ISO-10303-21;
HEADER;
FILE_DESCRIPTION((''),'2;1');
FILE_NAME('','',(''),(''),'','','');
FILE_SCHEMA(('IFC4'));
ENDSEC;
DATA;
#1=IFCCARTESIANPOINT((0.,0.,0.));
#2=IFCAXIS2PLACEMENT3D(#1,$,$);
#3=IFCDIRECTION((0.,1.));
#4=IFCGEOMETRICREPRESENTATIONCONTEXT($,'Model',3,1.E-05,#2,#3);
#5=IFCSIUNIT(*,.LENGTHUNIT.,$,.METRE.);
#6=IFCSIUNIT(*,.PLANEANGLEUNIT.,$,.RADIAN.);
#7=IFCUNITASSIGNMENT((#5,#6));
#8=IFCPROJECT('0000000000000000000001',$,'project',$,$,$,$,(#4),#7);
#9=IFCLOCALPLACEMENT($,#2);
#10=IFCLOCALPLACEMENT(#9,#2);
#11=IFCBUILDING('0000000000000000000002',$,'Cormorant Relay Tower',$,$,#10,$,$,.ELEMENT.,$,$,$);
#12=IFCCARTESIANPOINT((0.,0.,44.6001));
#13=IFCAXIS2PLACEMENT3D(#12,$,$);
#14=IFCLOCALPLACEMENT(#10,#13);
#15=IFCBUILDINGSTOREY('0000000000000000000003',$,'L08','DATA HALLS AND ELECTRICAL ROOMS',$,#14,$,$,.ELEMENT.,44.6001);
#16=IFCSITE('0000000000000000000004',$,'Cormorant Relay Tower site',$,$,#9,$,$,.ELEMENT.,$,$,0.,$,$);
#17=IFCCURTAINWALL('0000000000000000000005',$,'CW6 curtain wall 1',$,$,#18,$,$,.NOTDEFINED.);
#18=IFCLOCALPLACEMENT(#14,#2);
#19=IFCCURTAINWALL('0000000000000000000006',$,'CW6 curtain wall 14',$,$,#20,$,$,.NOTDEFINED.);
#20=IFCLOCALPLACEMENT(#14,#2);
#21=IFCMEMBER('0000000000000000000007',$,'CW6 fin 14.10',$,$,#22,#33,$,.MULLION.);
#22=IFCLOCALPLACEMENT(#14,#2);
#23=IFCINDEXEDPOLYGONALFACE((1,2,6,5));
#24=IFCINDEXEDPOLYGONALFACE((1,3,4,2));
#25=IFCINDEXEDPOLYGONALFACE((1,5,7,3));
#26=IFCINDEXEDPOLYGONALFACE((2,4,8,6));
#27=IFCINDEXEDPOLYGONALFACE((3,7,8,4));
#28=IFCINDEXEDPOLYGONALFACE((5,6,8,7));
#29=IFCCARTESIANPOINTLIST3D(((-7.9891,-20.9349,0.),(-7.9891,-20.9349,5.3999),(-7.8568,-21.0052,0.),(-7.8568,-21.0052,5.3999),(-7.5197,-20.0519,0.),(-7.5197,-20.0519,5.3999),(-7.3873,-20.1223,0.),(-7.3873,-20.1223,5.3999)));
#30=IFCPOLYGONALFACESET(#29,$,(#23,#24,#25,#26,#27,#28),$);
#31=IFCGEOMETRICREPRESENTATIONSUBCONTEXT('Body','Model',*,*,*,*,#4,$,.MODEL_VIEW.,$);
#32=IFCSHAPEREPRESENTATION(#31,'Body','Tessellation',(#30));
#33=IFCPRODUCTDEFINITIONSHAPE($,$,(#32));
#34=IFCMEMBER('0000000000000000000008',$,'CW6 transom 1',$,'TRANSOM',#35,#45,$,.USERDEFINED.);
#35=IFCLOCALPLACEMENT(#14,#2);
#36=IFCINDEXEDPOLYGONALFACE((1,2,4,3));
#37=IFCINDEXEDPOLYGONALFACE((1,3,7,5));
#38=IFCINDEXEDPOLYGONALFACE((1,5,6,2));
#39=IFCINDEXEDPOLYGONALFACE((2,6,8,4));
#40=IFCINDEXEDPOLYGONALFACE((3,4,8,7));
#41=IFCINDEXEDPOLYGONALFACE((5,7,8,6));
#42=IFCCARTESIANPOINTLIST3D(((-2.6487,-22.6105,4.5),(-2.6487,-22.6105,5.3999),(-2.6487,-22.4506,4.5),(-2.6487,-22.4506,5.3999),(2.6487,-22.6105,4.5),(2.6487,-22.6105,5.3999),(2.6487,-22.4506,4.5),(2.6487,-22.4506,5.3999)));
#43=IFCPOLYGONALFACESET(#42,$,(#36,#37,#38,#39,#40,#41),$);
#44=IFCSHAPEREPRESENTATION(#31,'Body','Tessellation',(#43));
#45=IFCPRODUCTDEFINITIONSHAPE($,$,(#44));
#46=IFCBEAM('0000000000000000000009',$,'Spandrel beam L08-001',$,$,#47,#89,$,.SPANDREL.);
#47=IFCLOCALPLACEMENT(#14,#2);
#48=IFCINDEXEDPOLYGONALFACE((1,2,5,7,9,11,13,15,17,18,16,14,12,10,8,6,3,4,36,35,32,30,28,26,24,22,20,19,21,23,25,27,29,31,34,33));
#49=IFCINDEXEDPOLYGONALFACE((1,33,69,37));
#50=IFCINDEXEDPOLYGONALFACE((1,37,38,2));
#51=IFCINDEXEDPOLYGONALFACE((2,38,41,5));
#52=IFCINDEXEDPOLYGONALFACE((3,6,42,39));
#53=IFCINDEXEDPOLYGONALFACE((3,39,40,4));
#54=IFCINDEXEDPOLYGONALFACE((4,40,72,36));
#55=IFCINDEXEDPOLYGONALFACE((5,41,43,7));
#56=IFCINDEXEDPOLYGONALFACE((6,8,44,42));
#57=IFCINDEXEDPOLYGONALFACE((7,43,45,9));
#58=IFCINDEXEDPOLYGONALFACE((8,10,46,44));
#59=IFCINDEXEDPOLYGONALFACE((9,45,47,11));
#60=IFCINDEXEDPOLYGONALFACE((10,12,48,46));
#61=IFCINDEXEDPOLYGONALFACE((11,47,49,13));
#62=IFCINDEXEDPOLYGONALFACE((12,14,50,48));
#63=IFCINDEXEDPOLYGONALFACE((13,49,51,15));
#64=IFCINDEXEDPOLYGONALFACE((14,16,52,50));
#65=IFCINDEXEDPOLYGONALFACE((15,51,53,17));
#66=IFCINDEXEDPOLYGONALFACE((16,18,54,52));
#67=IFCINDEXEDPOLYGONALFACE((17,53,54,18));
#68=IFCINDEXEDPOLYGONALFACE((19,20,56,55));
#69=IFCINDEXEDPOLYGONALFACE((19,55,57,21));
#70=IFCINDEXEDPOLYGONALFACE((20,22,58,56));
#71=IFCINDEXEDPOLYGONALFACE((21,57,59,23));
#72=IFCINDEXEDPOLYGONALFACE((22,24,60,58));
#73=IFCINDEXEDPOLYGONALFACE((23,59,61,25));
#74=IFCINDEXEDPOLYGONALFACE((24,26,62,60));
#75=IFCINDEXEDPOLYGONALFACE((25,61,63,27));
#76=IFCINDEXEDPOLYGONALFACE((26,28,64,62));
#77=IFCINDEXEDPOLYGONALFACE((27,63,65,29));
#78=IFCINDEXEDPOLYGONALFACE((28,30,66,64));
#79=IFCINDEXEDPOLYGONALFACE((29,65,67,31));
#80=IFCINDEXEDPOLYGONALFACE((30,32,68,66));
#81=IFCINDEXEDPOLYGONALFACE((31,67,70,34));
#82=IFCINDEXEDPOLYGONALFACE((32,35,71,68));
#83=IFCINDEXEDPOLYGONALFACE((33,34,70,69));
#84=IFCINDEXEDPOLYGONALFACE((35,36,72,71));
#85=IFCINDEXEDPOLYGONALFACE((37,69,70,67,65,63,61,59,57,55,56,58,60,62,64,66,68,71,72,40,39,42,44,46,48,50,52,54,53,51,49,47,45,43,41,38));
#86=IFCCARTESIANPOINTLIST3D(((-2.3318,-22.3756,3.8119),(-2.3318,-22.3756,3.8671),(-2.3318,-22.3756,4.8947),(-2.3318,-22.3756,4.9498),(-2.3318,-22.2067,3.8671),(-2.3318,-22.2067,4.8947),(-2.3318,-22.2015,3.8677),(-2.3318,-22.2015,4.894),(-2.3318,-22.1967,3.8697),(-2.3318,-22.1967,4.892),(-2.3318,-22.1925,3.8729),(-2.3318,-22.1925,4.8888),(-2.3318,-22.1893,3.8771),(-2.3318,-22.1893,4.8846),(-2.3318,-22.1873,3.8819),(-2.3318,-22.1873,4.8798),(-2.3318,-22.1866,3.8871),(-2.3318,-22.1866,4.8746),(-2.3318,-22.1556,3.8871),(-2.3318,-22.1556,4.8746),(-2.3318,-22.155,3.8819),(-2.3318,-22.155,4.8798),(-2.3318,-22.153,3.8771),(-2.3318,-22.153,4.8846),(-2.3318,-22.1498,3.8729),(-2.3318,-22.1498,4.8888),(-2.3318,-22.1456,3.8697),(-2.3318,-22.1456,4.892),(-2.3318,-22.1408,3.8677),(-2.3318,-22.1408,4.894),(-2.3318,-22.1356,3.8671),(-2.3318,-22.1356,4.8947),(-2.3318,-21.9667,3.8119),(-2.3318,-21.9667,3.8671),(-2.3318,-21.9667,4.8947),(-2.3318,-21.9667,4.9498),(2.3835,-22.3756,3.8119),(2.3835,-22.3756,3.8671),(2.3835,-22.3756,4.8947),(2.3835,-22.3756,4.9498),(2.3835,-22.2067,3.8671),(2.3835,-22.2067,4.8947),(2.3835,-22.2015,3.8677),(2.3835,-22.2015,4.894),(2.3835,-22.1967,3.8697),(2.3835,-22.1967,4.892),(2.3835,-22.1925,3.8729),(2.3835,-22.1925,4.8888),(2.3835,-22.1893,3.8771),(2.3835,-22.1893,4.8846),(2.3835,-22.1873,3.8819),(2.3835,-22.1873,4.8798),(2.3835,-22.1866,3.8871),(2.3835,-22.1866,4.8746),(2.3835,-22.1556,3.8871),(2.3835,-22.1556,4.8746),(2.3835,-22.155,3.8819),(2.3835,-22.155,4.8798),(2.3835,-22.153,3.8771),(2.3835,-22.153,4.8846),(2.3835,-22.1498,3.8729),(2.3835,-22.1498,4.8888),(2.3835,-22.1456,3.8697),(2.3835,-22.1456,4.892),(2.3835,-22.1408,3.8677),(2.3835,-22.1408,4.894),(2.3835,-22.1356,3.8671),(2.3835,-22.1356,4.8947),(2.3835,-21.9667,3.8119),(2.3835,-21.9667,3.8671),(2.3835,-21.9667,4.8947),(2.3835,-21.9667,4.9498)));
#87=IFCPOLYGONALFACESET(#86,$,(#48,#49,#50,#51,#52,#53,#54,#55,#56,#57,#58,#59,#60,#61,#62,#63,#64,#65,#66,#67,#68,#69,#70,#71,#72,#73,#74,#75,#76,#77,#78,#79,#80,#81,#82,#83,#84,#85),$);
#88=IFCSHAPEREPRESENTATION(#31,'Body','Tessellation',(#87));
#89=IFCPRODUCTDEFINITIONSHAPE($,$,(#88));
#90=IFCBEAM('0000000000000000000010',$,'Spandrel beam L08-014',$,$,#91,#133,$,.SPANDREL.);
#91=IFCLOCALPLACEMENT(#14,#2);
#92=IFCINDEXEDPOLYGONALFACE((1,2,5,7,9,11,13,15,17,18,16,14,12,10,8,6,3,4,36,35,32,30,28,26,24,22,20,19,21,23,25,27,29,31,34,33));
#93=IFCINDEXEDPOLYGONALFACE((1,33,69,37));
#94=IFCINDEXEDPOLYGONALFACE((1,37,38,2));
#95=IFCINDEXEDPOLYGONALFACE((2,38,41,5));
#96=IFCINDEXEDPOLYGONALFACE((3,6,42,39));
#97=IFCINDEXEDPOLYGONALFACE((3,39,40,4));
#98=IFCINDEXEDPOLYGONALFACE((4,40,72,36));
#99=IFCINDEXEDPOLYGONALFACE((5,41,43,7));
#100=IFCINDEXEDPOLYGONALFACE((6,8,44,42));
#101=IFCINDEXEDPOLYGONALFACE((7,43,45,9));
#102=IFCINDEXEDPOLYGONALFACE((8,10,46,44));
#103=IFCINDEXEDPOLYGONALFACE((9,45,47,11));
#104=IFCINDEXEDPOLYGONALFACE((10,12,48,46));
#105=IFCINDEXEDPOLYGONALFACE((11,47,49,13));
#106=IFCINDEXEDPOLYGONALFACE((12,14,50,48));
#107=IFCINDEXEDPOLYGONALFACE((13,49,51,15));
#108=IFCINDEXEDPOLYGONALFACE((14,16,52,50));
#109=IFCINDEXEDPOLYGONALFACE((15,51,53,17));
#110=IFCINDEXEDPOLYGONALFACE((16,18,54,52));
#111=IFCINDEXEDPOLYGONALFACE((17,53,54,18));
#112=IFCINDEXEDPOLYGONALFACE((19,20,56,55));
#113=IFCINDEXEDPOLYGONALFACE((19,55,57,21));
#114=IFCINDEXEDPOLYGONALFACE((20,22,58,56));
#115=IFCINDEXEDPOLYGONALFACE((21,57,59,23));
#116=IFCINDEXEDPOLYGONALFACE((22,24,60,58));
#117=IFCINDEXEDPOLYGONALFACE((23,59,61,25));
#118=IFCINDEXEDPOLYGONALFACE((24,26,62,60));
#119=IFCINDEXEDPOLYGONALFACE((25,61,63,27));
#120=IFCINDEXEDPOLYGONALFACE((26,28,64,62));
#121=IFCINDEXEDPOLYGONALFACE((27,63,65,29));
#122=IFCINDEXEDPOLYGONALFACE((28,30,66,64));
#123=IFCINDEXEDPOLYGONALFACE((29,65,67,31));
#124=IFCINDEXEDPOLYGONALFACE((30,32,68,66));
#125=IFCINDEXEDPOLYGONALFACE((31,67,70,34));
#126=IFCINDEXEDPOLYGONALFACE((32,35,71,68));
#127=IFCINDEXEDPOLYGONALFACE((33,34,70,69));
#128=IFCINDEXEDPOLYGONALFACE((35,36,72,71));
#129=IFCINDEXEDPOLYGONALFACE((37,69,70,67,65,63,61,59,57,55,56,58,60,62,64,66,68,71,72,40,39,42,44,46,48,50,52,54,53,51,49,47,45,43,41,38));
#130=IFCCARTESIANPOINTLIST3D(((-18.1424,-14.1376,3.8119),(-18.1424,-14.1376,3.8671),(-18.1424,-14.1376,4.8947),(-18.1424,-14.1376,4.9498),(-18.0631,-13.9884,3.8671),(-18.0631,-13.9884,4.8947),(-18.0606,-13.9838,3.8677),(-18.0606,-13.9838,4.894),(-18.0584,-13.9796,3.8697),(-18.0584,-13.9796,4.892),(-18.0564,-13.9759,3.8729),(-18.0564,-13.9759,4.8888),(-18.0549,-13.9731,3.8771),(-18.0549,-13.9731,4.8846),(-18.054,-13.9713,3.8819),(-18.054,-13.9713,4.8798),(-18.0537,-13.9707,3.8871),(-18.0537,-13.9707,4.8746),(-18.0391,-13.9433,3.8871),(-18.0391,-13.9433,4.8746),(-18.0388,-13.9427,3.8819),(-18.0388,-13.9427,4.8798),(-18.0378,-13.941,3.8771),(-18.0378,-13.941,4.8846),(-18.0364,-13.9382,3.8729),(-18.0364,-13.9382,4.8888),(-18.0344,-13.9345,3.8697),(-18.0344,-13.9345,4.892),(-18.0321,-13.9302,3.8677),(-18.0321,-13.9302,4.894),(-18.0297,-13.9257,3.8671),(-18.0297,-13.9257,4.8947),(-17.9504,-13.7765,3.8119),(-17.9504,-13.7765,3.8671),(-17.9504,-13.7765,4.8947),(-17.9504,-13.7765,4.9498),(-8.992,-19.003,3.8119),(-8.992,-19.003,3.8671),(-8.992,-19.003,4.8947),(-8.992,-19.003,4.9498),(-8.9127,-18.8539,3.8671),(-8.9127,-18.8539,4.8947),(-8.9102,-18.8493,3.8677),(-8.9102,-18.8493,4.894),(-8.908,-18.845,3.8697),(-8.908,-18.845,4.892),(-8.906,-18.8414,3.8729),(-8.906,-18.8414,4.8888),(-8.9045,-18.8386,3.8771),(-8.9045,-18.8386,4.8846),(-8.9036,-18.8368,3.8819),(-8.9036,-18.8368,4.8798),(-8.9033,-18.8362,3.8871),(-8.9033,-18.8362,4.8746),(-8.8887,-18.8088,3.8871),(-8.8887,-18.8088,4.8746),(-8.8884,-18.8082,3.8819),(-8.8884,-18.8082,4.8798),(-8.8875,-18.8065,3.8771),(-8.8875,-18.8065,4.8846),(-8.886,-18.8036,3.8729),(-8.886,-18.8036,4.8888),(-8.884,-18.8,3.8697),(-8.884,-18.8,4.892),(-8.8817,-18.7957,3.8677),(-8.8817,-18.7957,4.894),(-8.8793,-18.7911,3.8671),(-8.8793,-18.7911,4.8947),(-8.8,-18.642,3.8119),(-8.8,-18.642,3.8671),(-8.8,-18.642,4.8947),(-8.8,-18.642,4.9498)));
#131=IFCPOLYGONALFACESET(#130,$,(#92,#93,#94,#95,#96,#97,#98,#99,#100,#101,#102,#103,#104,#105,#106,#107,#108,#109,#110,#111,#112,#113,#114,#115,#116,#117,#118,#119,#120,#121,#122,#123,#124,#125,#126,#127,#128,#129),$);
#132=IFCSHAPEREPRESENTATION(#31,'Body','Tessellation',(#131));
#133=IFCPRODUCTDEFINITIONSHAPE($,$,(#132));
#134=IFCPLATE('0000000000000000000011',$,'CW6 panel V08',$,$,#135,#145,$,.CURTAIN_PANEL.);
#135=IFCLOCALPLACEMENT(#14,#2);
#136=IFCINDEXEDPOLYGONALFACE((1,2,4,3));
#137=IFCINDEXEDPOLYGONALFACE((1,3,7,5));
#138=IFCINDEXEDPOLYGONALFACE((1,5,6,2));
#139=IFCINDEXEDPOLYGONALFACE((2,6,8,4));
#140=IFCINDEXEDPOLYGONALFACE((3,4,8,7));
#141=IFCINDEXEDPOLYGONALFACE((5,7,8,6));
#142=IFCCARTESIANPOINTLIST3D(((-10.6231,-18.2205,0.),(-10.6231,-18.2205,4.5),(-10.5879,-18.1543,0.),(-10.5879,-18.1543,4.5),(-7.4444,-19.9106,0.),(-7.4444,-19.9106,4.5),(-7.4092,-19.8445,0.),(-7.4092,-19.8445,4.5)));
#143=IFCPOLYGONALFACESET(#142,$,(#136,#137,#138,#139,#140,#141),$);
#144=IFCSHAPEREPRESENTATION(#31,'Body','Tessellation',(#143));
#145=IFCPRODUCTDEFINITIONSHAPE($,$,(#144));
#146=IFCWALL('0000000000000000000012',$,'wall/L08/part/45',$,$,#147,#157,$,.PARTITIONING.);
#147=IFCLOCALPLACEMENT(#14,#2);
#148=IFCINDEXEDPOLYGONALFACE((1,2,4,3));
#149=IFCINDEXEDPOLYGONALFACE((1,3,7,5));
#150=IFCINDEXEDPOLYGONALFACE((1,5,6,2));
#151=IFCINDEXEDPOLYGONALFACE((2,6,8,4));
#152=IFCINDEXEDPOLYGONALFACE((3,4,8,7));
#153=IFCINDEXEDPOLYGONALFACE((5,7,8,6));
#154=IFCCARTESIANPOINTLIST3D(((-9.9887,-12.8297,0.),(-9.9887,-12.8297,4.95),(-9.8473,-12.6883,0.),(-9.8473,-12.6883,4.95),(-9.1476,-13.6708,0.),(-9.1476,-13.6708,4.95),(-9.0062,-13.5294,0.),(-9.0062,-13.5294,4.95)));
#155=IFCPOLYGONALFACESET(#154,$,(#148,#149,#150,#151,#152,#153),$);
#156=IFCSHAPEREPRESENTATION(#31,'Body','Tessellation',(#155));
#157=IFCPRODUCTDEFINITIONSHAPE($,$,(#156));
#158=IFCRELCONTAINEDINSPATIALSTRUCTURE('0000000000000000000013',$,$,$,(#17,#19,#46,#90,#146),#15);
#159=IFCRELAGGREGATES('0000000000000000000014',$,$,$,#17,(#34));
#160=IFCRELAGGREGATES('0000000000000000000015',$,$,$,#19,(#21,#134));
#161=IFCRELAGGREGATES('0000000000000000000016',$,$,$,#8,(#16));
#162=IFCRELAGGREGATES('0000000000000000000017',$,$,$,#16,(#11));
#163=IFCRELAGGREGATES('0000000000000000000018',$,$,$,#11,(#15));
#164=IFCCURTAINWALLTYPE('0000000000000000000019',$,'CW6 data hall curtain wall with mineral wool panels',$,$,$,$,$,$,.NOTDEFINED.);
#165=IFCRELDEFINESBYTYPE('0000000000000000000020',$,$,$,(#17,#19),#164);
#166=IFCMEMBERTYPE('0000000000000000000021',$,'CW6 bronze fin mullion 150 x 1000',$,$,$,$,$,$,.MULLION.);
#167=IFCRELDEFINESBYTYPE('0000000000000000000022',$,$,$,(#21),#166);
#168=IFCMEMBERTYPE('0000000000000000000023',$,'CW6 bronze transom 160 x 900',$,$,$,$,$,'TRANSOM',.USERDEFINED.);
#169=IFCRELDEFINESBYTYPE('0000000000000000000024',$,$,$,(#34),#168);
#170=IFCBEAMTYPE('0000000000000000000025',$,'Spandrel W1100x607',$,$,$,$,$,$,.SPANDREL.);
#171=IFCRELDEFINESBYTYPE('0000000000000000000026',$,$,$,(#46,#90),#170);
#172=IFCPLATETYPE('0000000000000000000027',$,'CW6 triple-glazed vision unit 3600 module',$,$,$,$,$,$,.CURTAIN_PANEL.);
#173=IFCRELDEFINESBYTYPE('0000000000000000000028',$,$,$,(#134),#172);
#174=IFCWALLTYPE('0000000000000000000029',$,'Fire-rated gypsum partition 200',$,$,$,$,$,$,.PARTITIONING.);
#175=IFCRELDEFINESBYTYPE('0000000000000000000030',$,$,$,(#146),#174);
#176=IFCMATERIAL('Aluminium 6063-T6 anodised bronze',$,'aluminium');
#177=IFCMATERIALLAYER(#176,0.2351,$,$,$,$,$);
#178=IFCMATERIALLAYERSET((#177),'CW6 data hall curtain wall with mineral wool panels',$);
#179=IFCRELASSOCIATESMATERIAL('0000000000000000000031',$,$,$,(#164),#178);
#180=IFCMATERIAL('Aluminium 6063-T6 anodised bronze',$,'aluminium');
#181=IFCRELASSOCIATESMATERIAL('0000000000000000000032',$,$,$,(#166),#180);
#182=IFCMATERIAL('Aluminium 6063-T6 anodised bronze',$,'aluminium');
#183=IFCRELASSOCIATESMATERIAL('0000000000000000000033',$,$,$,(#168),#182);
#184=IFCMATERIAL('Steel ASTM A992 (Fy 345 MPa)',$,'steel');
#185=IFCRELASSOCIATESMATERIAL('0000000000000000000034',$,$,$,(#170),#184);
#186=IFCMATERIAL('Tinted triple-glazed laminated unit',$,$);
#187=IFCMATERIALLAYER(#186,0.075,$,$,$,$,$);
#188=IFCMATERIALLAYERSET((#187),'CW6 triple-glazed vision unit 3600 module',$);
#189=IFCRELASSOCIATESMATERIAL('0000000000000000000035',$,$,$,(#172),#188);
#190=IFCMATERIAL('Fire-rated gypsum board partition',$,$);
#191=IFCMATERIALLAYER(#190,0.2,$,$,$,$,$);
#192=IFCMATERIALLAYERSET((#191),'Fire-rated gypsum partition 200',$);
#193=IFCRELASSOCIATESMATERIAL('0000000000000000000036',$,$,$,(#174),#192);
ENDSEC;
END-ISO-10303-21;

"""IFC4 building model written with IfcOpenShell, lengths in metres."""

from ifc_helpers import new_model, si_unit, direction, frame, frame_2d, origin, origin_2d, place, context, subcontext, project, spatial, rectangle, i_section, extrude, material, layer, layer_set, material_profile, profile_set, type_object, element, aggregate, save


model = new_model("IFC4")

# Units and contexts
model_context = context("Model", 3, precision=1e-05, world=origin(), true_north=direction((0.0, 1.0)))
body_context = subcontext(model_context, "Body", "Model", "MODEL_VIEW")
ifc_project = project(units=[si_unit("LENGTHUNIT", "METRE"), si_unit("PLANEANGLEUNIT", "RADIAN")], contexts=[model_context])

# Site, building, storey
site_placement = place(None, origin())
site = spatial("IfcSite", under=ifc_project, at=site_placement, Name="Cormorant Relay Tower site", CompositionType="ELEMENT", RefElevation=0.0)
building_placement = place(site_placement, origin())
building = spatial("IfcBuilding", under=site, at=building_placement, Name="Cormorant Relay Tower", CompositionType="ELEMENT")
storey_placement = place(building_placement, frame((0.0, 0.0, 44.6001)))
storey = spatial("IfcBuildingStorey", under=building, at=storey_placement, Name="L08", Description="DATA HALLS AND ELECTRICAL ROOMS", CompositionType="ELEMENT", Elevation=44.6001)

# Curtain wall
ifc_material_1 = material(Name="Aluminium 6063-T6 anodised bronze", Category="aluminium")
ifc_layer_1 = layer(ifc_material_1, 0.2351)
ifc_layer_set_1 = layer_set([ifc_layer_1], Name="CW6 data hall curtain wall with mineral wool panels")
curtain_wall_type = type_object("IfcCurtainWallType", Name="CW6 data hall curtain wall with mineral wool panels", PredefinedType="NOTDEFINED", material=ifc_layer_set_1)
curtain_wall_1_placement = place(storey_placement, origin())
curtain_wall_1 = element("IfcCurtainWall", 1, at=curtain_wall_1_placement, inside=storey, type_object=curtain_wall_type, Name="CW6 curtain wall 1", PredefinedType="NOTDEFINED")
ifc_material_2 = material(Name="Aluminium 6063-T6 anodised bronze", Category="aluminium")
ifc_material_profile_1 = material_profile(ifc_material_2, rectangle(XDim=0.1499, YDim=1.0, at=origin_2d()), Name="AL 150x1000")
ifc_profile_set_1 = profile_set([ifc_material_profile_1], Name="Aluminium 6063-T6 anodised bronze")
member_type_1 = type_object("IfcMemberType", Name="CW6 bronze fin mullion 150 x 1000", PredefinedType="MULLION", material=ifc_profile_set_1)

# Curtain wall, member
curtain_wall_2_placement = place(storey_placement, origin())
curtain_wall_2 = element("IfcCurtainWall", 2, at=curtain_wall_2_placement, inside=storey, type_object=curtain_wall_type, Name="CW6 curtain wall 14", PredefinedType="NOTDEFINED")
member_1_placement = place(storey_placement, frame((-7.6882, -20.5286, 0.0), z_axis=(0.0, 0.0, 1.0), x_axis=(0.882948, -0.469472, 0.0)))
member_1 = element("IfcMember", 3, at=member_1_placement, type_object=member_type_1, Name="CW6 fin 14.10", PredefinedType="MULLION", context=body_context, shape_type="SweptSolid", body=[
    extrude(rectangle(XDim=0.1499, YDim=1.0, at=origin_2d()), origin(), (0.0, 0.0, 1.0), 5.3999),
])

# Member
ifc_material_3 = material(Name="Aluminium 6063-T6 anodised bronze", Category="aluminium")
ifc_material_profile_2 = material_profile(ifc_material_3, rectangle(XDim=0.1599, YDim=0.8999, at=origin_2d()), Name="AL 160x900")
ifc_profile_set_2 = profile_set([ifc_material_profile_2], Name="Aluminium 6063-T6 anodised bronze")
member_type_2 = type_object("IfcMemberType", Name="CW6 bronze transom 160 x 900", ElementType="TRANSOM", PredefinedType="USERDEFINED", material=ifc_profile_set_2)
member_2_placement = place(storey_placement, frame((-2.6487, -22.5305, 4.95), z_axis=(1.0, 0.0, 0.0), x_axis=(0.0, 1.0, 0.0)))
member_2 = element("IfcMember", 4, at=member_2_placement, type_object=member_type_2, Name="CW6 transom 1", ObjectType="TRANSOM", PredefinedType="USERDEFINED", context=body_context, shape_type="SweptSolid", body=[
    extrude(rectangle(XDim=0.1599, YDim=0.8999, at=origin_2d()), origin(), (0.0, 0.0, 1.0), 5.2974),
])
aggregate(curtain_wall_1, [member_2])

# Beams
ifc_material_4 = material(Name="Steel ASTM A992 (Fy 345 MPa)", Category="steel")
ifc_material_profile_3 = material_profile(ifc_material_4, i_section(OverallWidth=0.4089, OverallDepth=1.1379, WebThickness=0.031, FlangeThickness=0.0552, FilletRadius=0.02, at=origin_2d()), Name="W1100x607")
ifc_profile_set_3 = profile_set([ifc_material_profile_3], Name="Steel ASTM A992 (Fy 345 MPa)")
beam_type = type_object("IfcBeamType", Name="Spandrel W1100x607", PredefinedType="SPANDREL", material=ifc_profile_set_3)
beam_1_placement = place(storey_placement, frame((-2.3318, -22.1711, 4.3809), z_axis=(1.0, 0.0, 0.0), x_axis=(0.0, 1.0, 0.0)))
element("IfcBeam", 5, at=beam_1_placement, inside=storey, type_object=beam_type, Name="Spandrel beam L08-001", PredefinedType="SPANDREL", context=body_context, shape_type="SweptSolid", body=[
    extrude(i_section(OverallWidth=0.4089, OverallDepth=1.1379, WebThickness=0.031, FlangeThickness=0.0552, FilletRadius=0.02, at=origin_2d()), origin(), (0.0, 0.0, 1.0), 4.7153),
])
beam_2_placement = place(storey_placement, frame((-18.0464, -13.957, 4.3809), z_axis=(0.882942, -0.469481, 0.0), x_axis=(0.469481, 0.882942, 0.0)))
element("IfcBeam", 6, at=beam_2_placement, inside=storey, type_object=beam_type, Name="Spandrel beam L08-014", PredefinedType="SPANDREL", context=body_context, shape_type="SweptSolid", body=[
    extrude(i_section(OverallWidth=0.4089, OverallDepth=1.1379, WebThickness=0.031, FlangeThickness=0.0552, FilletRadius=0.02, at=origin_2d()), origin(), (0.0, 0.0, 1.0), 10.3635),
])

# Plate
ifc_material_5 = material(Name="Tinted triple-glazed laminated unit")
ifc_layer_2 = layer(ifc_material_5, 0.075)
ifc_layer_set_2 = layer_set([ifc_layer_2], Name="CW6 triple-glazed vision unit 3600 module")
plate_type = type_object("IfcPlateType", Name="CW6 triple-glazed vision unit 3600 module", PredefinedType="CURTAIN_PANEL", material=ifc_layer_set_2)
plate_placement = place(storey_placement, frame((-9.0161, -19.0325, 0.0), z_axis=(0.0, 0.0, 1.0), x_axis=(0.882948, -0.469472, 0.0)))
plate = element("IfcPlate", 7, at=plate_placement, type_object=plate_type, Name="CW6 panel V08", PredefinedType="CURTAIN_PANEL", context=body_context, shape_type="SweptSolid", body=[
    extrude(rectangle(XDim=3.6001, YDim=0.075, at=origin_2d()), origin(), (0.0, 0.0, 1.0), 4.5),
])

# Wall
ifc_material_6 = material(Name="Fire-rated gypsum board partition")
ifc_layer_3 = layer(ifc_material_6, 0.2)
ifc_layer_set_3 = layer_set([ifc_layer_3], Name="Fire-rated gypsum partition 200")
wall_type_1 = type_object("IfcWallType", Name="Fire-rated gypsum partition 200", PredefinedType="PARTITIONING", material=ifc_layer_set_3)
wall_1_placement = place(storey_placement, frame((-9.0769, -13.6001, 0.0), z_axis=(0.0, 0.0, 1.0), x_axis=(-0.707107, 0.707107, 0.0)))
element("IfcWall", 8, at=wall_1_placement, inside=storey, type_object=wall_type_1, Name="wall/L08/part/45", PredefinedType="PARTITIONING", context=body_context, shape_type="SweptSolid", body=[
    extrude(rectangle(XDim=1.1895, YDim=0.2, at=frame_2d((0.5947, 0.0))), origin(), (0.0, 0.0, 1.0), 4.95),
])

aggregate(curtain_wall_2, [member_1, plate])

save(model, "model.ifc")
